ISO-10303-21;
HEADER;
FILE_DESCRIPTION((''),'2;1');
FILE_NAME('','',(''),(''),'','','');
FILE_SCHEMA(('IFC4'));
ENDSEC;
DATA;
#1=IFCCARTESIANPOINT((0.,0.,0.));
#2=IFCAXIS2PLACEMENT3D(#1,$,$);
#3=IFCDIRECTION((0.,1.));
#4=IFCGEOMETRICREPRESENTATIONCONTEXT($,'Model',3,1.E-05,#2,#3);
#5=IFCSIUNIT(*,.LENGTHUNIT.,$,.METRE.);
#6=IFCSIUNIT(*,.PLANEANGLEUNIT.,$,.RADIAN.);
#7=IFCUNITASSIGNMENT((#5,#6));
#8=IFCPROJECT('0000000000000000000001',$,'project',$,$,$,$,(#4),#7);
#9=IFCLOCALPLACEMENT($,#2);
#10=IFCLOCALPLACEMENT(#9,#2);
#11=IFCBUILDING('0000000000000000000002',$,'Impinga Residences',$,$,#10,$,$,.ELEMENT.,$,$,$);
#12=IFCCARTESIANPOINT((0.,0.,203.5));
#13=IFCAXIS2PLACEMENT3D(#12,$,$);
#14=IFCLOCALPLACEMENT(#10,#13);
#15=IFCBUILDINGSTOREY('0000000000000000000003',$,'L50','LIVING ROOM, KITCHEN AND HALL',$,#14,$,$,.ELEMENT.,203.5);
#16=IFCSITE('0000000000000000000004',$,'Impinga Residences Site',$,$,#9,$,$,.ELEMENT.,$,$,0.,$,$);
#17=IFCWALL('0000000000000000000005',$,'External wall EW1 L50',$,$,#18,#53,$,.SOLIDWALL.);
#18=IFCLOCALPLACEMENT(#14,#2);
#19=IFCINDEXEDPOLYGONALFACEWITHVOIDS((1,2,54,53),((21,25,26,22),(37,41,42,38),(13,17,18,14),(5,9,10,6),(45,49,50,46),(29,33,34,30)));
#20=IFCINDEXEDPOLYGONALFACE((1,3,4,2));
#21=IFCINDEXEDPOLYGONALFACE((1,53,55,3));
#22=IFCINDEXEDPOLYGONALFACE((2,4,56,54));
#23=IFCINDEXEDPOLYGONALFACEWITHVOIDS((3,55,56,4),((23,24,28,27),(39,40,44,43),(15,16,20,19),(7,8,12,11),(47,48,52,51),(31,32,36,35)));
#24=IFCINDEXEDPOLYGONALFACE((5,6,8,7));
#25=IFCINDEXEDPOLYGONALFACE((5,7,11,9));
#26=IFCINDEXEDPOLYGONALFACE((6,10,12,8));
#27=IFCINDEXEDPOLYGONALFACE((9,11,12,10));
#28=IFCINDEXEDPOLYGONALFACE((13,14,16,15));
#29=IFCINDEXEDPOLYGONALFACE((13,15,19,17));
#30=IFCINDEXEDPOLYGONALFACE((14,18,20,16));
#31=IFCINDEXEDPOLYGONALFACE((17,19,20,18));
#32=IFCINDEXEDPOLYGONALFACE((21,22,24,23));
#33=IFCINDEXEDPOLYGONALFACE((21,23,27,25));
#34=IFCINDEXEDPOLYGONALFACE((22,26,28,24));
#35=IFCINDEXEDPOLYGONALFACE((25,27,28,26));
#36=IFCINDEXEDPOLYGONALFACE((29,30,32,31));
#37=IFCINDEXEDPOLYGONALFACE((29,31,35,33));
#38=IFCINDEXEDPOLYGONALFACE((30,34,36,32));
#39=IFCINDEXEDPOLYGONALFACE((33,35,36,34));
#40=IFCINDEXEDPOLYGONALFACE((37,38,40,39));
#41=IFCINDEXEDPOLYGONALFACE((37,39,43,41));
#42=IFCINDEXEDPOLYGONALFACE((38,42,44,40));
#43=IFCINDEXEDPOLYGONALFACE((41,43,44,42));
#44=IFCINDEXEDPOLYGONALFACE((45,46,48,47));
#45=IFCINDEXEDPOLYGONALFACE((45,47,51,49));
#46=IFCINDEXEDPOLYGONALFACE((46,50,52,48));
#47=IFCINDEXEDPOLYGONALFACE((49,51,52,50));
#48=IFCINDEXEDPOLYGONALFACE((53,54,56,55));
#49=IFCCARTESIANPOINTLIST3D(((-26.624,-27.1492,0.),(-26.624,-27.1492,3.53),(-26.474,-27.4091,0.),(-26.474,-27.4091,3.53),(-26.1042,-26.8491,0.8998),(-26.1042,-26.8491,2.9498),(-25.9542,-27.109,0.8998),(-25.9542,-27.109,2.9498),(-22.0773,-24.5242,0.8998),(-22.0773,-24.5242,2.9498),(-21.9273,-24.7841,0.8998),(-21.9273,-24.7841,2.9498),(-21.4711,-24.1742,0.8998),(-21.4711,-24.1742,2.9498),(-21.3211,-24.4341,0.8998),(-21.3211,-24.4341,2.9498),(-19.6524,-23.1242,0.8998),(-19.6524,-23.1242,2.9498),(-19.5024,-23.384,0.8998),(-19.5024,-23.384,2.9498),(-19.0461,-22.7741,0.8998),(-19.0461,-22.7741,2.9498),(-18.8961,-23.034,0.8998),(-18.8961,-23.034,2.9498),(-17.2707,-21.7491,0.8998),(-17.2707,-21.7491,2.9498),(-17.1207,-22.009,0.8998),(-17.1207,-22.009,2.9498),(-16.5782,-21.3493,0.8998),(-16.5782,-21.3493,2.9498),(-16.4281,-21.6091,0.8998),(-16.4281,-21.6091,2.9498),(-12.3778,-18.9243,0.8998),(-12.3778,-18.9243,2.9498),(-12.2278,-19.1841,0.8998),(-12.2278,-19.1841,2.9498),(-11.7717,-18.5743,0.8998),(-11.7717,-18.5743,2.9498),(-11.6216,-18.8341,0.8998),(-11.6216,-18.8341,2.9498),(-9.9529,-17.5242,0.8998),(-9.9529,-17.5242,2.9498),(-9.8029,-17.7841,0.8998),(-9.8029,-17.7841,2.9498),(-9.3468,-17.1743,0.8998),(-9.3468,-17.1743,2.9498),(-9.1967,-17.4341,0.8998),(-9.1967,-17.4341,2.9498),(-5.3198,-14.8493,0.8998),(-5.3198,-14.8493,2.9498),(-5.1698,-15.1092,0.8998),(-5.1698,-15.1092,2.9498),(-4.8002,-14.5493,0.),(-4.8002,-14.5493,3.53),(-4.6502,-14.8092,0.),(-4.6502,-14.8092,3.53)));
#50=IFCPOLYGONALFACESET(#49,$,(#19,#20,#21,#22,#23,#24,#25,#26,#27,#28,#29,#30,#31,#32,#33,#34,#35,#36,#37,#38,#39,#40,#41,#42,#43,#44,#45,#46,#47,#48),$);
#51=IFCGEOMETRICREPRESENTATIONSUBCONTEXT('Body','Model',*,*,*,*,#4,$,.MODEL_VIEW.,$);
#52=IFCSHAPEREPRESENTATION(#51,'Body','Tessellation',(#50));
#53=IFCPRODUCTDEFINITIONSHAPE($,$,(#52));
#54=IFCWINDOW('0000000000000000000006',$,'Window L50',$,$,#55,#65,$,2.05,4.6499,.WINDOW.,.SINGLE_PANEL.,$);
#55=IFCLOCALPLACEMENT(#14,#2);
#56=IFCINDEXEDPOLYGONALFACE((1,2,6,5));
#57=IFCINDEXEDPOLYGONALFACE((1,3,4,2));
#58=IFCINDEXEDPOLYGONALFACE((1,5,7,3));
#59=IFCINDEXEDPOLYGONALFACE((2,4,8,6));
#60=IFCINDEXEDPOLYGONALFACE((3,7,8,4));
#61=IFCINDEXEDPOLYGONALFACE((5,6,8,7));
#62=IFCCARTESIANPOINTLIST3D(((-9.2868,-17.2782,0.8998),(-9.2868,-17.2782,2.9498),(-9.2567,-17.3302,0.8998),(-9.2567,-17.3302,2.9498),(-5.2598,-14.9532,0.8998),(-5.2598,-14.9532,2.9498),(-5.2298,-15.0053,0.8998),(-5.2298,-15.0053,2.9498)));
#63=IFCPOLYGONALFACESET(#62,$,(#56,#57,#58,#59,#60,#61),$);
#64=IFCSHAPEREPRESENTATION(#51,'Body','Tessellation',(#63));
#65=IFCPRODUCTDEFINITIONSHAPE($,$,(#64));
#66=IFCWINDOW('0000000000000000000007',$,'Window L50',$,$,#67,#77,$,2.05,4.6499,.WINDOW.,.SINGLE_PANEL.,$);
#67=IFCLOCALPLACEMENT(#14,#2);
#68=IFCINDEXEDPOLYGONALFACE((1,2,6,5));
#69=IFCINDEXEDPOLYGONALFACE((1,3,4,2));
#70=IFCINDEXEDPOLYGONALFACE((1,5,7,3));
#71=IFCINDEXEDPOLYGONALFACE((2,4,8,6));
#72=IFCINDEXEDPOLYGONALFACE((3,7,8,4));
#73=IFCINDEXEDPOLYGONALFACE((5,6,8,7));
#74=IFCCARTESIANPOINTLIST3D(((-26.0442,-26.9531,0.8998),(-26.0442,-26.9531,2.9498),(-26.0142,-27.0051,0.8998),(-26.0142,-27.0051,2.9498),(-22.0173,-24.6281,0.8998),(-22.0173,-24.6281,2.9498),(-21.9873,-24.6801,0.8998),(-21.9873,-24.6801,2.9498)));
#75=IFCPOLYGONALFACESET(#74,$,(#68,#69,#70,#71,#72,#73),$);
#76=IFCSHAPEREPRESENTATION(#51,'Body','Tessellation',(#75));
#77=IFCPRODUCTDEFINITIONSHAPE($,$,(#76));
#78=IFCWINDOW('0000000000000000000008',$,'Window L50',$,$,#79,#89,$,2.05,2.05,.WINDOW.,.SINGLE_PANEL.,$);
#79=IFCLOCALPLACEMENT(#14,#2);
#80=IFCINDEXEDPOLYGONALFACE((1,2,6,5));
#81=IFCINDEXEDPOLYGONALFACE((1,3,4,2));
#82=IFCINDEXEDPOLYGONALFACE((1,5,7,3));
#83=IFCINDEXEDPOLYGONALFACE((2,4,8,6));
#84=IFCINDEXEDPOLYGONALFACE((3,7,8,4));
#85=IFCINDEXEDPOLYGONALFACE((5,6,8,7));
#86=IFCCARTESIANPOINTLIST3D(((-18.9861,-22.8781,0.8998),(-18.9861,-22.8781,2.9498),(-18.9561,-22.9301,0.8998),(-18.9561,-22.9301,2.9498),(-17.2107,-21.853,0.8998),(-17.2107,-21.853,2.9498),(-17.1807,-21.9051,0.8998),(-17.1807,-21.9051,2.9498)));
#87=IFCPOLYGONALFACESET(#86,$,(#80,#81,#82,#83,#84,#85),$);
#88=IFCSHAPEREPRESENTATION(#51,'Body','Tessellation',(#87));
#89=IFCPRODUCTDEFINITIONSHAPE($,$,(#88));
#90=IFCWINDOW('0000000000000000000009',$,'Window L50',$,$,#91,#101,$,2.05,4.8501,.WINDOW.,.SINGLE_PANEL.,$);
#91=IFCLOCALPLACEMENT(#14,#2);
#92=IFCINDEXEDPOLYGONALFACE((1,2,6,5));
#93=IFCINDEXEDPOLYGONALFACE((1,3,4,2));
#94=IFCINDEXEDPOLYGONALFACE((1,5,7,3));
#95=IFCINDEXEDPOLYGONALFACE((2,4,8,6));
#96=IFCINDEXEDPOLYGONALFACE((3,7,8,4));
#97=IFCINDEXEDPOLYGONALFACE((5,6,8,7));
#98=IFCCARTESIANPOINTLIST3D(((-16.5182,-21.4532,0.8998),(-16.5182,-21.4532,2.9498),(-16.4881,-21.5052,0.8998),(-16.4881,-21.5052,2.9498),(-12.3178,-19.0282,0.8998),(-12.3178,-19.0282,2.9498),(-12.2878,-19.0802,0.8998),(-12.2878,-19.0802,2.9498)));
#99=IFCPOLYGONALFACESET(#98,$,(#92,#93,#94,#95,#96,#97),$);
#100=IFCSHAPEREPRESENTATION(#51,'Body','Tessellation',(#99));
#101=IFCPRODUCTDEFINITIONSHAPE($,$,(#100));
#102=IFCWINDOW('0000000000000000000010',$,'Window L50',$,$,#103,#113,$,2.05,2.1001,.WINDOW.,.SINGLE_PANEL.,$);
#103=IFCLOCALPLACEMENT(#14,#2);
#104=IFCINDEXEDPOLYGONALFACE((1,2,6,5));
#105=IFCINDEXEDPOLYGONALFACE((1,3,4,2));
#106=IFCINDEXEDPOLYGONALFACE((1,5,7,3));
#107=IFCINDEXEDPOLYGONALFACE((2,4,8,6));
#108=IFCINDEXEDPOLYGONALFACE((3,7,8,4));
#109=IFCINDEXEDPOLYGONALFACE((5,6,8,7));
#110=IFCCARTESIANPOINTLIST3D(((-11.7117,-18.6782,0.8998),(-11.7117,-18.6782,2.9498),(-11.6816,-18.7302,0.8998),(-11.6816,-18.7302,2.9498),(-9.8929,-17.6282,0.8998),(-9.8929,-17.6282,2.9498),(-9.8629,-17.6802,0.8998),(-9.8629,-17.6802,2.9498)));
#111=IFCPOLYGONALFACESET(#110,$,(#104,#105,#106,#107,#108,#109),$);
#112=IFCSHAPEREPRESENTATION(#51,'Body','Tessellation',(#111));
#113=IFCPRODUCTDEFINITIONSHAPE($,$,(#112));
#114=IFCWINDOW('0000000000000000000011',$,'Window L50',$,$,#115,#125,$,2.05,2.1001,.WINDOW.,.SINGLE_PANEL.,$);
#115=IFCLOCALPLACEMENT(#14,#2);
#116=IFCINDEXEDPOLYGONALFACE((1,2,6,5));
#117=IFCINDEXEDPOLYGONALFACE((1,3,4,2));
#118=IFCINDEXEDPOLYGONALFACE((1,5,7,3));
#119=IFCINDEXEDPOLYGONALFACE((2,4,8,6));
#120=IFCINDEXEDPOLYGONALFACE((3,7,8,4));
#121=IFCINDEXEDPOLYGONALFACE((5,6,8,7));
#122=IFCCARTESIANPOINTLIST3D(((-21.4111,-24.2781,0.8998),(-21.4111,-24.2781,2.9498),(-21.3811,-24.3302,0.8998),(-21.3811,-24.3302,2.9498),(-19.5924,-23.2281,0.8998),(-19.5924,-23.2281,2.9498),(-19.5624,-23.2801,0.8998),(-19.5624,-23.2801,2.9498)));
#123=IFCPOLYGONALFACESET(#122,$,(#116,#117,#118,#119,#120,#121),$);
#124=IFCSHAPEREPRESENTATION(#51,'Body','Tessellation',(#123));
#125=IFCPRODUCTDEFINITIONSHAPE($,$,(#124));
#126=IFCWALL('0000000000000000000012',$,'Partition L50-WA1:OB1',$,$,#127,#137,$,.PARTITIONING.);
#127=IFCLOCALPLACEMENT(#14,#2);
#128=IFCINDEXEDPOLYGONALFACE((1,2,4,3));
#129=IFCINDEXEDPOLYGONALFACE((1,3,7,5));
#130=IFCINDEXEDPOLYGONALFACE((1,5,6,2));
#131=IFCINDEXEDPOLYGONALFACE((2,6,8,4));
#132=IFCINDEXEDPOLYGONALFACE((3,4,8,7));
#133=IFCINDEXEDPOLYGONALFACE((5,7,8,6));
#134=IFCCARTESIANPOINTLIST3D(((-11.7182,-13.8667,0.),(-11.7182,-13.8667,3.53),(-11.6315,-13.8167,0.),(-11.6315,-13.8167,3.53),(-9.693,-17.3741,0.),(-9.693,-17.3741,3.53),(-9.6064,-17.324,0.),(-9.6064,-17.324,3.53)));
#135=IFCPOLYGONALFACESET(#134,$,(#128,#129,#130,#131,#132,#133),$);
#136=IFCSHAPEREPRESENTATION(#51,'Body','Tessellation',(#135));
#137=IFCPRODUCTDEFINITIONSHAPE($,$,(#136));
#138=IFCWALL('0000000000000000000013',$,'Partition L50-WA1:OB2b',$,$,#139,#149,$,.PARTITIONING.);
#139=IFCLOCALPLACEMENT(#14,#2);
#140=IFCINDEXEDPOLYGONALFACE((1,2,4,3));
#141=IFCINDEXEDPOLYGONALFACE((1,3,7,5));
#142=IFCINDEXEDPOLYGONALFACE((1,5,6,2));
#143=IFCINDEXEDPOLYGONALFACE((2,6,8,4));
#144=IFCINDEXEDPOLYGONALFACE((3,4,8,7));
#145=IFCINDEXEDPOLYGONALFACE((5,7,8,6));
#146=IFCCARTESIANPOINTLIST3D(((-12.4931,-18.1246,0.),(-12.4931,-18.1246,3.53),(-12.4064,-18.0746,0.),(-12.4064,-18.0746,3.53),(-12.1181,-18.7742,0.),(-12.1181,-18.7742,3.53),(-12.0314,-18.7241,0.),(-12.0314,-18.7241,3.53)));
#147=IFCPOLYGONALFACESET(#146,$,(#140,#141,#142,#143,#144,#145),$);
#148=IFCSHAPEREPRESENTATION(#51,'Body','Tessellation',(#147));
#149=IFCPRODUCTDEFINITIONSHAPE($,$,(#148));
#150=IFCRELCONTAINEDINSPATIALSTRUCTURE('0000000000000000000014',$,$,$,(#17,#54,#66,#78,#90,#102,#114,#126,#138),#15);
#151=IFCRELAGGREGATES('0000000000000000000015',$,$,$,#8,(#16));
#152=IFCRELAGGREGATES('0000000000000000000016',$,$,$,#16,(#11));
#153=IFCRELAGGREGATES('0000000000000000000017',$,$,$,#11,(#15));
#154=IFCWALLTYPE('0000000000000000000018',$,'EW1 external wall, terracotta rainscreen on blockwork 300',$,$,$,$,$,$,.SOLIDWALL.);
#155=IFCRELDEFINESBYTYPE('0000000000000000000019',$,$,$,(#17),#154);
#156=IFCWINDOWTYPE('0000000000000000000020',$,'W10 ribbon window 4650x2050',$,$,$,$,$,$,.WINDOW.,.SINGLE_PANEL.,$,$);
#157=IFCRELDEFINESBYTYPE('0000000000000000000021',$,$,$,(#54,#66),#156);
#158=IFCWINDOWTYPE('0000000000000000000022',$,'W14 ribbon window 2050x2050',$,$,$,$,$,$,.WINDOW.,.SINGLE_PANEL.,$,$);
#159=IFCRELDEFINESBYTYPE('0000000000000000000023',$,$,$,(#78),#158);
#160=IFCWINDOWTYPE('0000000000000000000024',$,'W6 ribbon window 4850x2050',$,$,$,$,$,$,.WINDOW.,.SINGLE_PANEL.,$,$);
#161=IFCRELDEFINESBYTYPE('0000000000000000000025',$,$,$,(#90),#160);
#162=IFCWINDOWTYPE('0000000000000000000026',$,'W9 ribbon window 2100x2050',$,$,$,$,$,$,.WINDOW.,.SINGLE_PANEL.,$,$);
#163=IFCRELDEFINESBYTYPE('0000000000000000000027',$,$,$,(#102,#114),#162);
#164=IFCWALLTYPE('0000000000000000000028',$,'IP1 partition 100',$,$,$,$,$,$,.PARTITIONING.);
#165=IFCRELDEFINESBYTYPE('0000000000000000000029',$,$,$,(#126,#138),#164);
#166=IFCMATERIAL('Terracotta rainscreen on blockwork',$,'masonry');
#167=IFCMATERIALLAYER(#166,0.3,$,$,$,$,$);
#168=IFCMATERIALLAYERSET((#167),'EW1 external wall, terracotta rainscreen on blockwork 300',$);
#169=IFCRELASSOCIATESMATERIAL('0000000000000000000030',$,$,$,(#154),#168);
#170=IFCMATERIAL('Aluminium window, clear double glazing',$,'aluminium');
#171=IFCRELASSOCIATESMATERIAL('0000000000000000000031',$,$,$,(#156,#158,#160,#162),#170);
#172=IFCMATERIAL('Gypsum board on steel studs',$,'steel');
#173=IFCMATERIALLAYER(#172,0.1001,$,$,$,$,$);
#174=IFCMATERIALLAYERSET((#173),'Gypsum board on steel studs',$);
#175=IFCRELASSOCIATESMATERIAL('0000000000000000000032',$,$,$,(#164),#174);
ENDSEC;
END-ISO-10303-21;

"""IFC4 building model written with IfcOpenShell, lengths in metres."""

from ifc_helpers import new_model, si_unit, direction, frame, frame_2d, origin, place, context, subcontext, project, spatial, rectangle, extrude, material, layer, layer_set, type_object, element, fill, save


model = new_model("IFC4")

# Units and contexts
model_context = context("Model", 3, precision=1e-05, world=origin(), true_north=direction((0.0, 1.0)))
body_context = subcontext(model_context, "Body", "Model", "MODEL_VIEW")
ifc_project = project(units=[si_unit("LENGTHUNIT", "METRE"), si_unit("PLANEANGLEUNIT", "RADIAN")], contexts=[model_context])

# Site, building, storey
site_placement = place(None, origin())
site = spatial("IfcSite", under=ifc_project, at=site_placement, Name="Impinga Residences Site", CompositionType="ELEMENT", RefElevation=0.0)
building_placement = place(site_placement, origin())
building = spatial("IfcBuilding", under=site, at=building_placement, Name="Impinga Residences", CompositionType="ELEMENT")
storey_placement = place(building_placement, frame((0.0, 0.0, 203.5)))
storey = spatial("IfcBuildingStorey", under=building, at=storey_placement, Name="L50", Description="LIVING ROOM, KITCHEN AND HALL", CompositionType="ELEMENT", Elevation=203.5)

# Shared definitions
ifc_material_1 = material(Name="Terracotta rainscreen on blockwork", Category="masonry")
ifc_layer_1 = layer(ifc_material_1, 0.3)
ifc_layer_set_1 = layer_set([ifc_layer_1], Name="EW1 external wall, terracotta rainscreen on blockwork 300")
wall_type_1 = type_object("IfcWallType", Name="EW1 external wall, terracotta rainscreen on blockwork 300", PredefinedType="SOLIDWALL", material=ifc_layer_set_1)

# Wall, openings, windows
wall_1_placement = place(storey_placement, frame((-4.7251, -14.6792, 0.0), z_axis=(0.0, 0.0, 1.0), x_axis=(-0.866027, -0.499998, 0.0)))
wall_1 = element("IfcWall", 1, at=wall_1_placement, inside=storey, type_object=wall_type_1, Name="External wall EW1 L50", PredefinedType="SOLIDWALL", context=body_context, shape_type="SweptSolid", body=[
    extrude(rectangle(XDim=25.2, YDim=0.3, at=frame_2d((12.6001, 0.0))), origin(), (0.0, 0.0, 1.0), 3.53),
])
opening_1_placement = place(wall_1_placement, frame((0.6001, 0.0, 0.8999)))
opening_1 = element("IfcOpeningElement", 2, at=opening_1_placement, cuts=wall_1, PredefinedType="OPENING", context=body_context, shape_type="SweptSolid", body=[
    extrude(rectangle(XDim=4.6499, YDim=2.05, at=frame_2d((2.325, 1.0249))), frame((0.0, 0.1599, 0.0), z_axis=(0.0, -1.0, 0.0), x_axis=(1.0, 0.0, 0.0)), (0.0, 0.0, 1.0), 0.3201),
])
opening_2_placement = place(wall_1_placement, frame((5.95, 0.0, 0.8999)))
opening_2 = element("IfcOpeningElement", 3, at=opening_2_placement, cuts=wall_1, PredefinedType="OPENING", context=body_context, shape_type="SweptSolid", body=[
    extrude(rectangle(XDim=2.1001, YDim=2.05, at=frame_2d((1.05, 1.0249))), frame((0.0, 0.1599, 0.0), z_axis=(0.0, -1.0, 0.0), x_axis=(1.0, 0.0, 0.0)), (0.0, 0.0, 1.0), 0.3201),
])
opening_3_placement = place(wall_1_placement, frame((8.75, 0.0, 0.8999)))
opening_3 = element("IfcOpeningElement", 4, at=opening_3_placement, cuts=wall_1, PredefinedType="OPENING", context=body_context, shape_type="SweptSolid", body=[
    extrude(rectangle(XDim=4.8501, YDim=2.05, at=frame_2d((2.425, 1.0249))), frame((0.0, 0.1599, 0.0), z_axis=(0.0, -1.0, 0.0), x_axis=(1.0, 0.0, 0.0)), (0.0, 0.0, 1.0), 0.3201),
])
opening_4_placement = place(wall_1_placement, frame((14.3999, 0.0, 0.8999)))
opening_4 = element("IfcOpeningElement", 5, at=opening_4_placement, cuts=wall_1, PredefinedType="OPENING", context=body_context, shape_type="SweptSolid", body=[
    extrude(rectangle(XDim=2.05, YDim=2.05, at=frame_2d((1.0249, 1.0249))), frame((0.0, 0.1599, 0.0), z_axis=(0.0, -1.0, 0.0), x_axis=(1.0, 0.0, 0.0)), (0.0, 0.0, 1.0), 0.3201),
])
opening_5_placement = place(wall_1_placement, frame((17.1499, 0.0, 0.8999)))
opening_5 = element("IfcOpeningElement", 6, at=opening_5_placement, cuts=wall_1, PredefinedType="OPENING", context=body_context, shape_type="SweptSolid", body=[
    extrude(rectangle(XDim=2.1001, YDim=2.05, at=frame_2d((1.05, 1.0249))), frame((0.0, 0.1599, 0.0), z_axis=(0.0, -1.0, 0.0), x_axis=(1.0, 0.0, 0.0)), (0.0, 0.0, 1.0), 0.3201),
])
opening_6_placement = place(wall_1_placement, frame((19.95, 0.0, 0.8999)))
opening_6 = element("IfcOpeningElement", 7, at=opening_6_placement, cuts=wall_1, PredefinedType="OPENING", context=body_context, shape_type="SweptSolid", body=[
    extrude(rectangle(XDim=4.6499, YDim=2.05, at=frame_2d((2.325, 1.0249))), frame((0.0, 0.1599, 0.0), z_axis=(0.0, -1.0, 0.0), x_axis=(1.0, 0.0, 0.0)), (0.0, 0.0, 1.0), 0.3201),
])
ifc_material_2 = material(Name="Aluminium window, clear double glazing", Category="aluminium")
window_type_1 = type_object("IfcWindowType", Name="W10 ribbon window 4650x2050", PartitioningType="SINGLE_PANEL", PredefinedType="WINDOW", material=ifc_material_2)
window_1_placement = place(opening_1_placement, origin())
window_1 = element("IfcWindow", 8, at=window_1_placement, inside=storey, type_object=window_type_1, Name="Window L50", OverallHeight=2.05, OverallWidth=4.6499, PartitioningType="SINGLE_PANEL", PredefinedType="WINDOW", context=body_context, shape_type="SweptSolid", body=[
    extrude(rectangle(XDim=4.6499, YDim=2.05, at=frame_2d((2.325, 1.0249))), frame((0.0, 0.03, 0.0), z_axis=(0.0, -1.0, 0.0), x_axis=(1.0, 0.0, 0.0)), (0.0, 0.0, 1.0), 0.0601),
])
fill(opening_1, window_1)
window_2_placement = place(opening_6_placement, origin())
window_2 = element("IfcWindow", 9, at=window_2_placement, inside=storey, type_object=window_type_1, Name="Window L50", OverallHeight=2.05, OverallWidth=4.6499, PartitioningType="SINGLE_PANEL", PredefinedType="WINDOW", context=body_context, shape_type="SweptSolid", body=[
    extrude(rectangle(XDim=4.6499, YDim=2.05, at=frame_2d((2.325, 1.0249))), frame((0.0, 0.03, 0.0), z_axis=(0.0, -1.0, 0.0), x_axis=(1.0, 0.0, 0.0)), (0.0, 0.0, 1.0), 0.0601),
])
fill(opening_6, window_2)
window_type_2 = type_object("IfcWindowType", Name="W14 ribbon window 2050x2050", PartitioningType="SINGLE_PANEL", PredefinedType="WINDOW", material=ifc_material_2)
window_3_placement = place(opening_4_placement, origin())
window_3 = element("IfcWindow", 10, at=window_3_placement, inside=storey, type_object=window_type_2, Name="Window L50", OverallHeight=2.05, OverallWidth=2.05, PartitioningType="SINGLE_PANEL", PredefinedType="WINDOW", context=body_context, shape_type="SweptSolid", body=[
    extrude(rectangle(XDim=2.05, YDim=2.05, at=frame_2d((1.0249, 1.0249))), frame((0.0, 0.03, 0.0), z_axis=(0.0, -1.0, 0.0), x_axis=(1.0, 0.0, 0.0)), (0.0, 0.0, 1.0), 0.0601),
])
fill(opening_4, window_3)
window_type_3 = type_object("IfcWindowType", Name="W6 ribbon window 4850x2050", PartitioningType="SINGLE_PANEL", PredefinedType="WINDOW", material=ifc_material_2)
window_4_placement = place(opening_3_placement, origin())
window_4 = element("IfcWindow", 11, at=window_4_placement, inside=storey, type_object=window_type_3, Name="Window L50", OverallHeight=2.05, OverallWidth=4.8501, PartitioningType="SINGLE_PANEL", PredefinedType="WINDOW", context=body_context, shape_type="SweptSolid", body=[
    extrude(rectangle(XDim=4.8501, YDim=2.05, at=frame_2d((2.425, 1.0249))), frame((0.0, 0.03, 0.0), z_axis=(0.0, -1.0, 0.0), x_axis=(1.0, 0.0, 0.0)), (0.0, 0.0, 1.0), 0.0601),
])
fill(opening_3, window_4)
window_type_4 = type_object("IfcWindowType", Name="W9 ribbon window 2100x2050", PartitioningType="SINGLE_PANEL", PredefinedType="WINDOW", material=ifc_material_2)
window_5_placement = place(opening_2_placement, origin())
window_5 = element("IfcWindow", 12, at=window_5_placement, inside=storey, type_object=window_type_4, Name="Window L50", OverallHeight=2.05, OverallWidth=2.1001, PartitioningType="SINGLE_PANEL", PredefinedType="WINDOW", context=body_context, shape_type="SweptSolid", body=[
    extrude(rectangle(XDim=2.1001, YDim=2.05, at=frame_2d((1.05, 1.0249))), frame((0.0, 0.03, 0.0), z_axis=(0.0, -1.0, 0.0), x_axis=(1.0, 0.0, 0.0)), (0.0, 0.0, 1.0), 0.0601),
])
fill(opening_2, window_5)
window_6_placement = place(opening_5_placement, origin())
window_6 = element("IfcWindow", 13, at=window_6_placement, inside=storey, type_object=window_type_4, Name="Window L50", OverallHeight=2.05, OverallWidth=2.1001, PartitioningType="SINGLE_PANEL", PredefinedType="WINDOW", context=body_context, shape_type="SweptSolid", body=[
    extrude(rectangle(XDim=2.1001, YDim=2.05, at=frame_2d((1.05, 1.0249))), frame((0.0, 0.03, 0.0), z_axis=(0.0, -1.0, 0.0), x_axis=(1.0, 0.0, 0.0)), (0.0, 0.0, 1.0), 0.0601),
])
fill(opening_5, window_6)

# Walls
ifc_material_3 = material(Name="Gypsum board on steel studs", Category="steel")
ifc_layer_2 = layer(ifc_material_3, 0.1001)
ifc_layer_set_2 = layer_set([ifc_layer_2], Name="Gypsum board on steel studs")
wall_type_2 = type_object("IfcWallType", Name="IP1 partition 100", PredefinedType="PARTITIONING", material=ifc_layer_set_2)
wall_2_placement = place(storey_placement, frame((-11.6748, -13.8418, 0.0), z_axis=(0.0, 0.0, 1.0), x_axis=(0.500036, -0.866005, 0.0)))
element("IfcWall", 14, at=wall_2_placement, inside=storey, type_object=wall_type_2, Name="Partition L50-WA1:OB1", PredefinedType="PARTITIONING", context=body_context, shape_type="SweptSolid", body=[
    extrude(rectangle(XDim=4.05, YDim=0.1001, at=frame_2d((2.0249, 0.0))), origin(), (0.0, 0.0, 1.0), 3.53),
])
wall_3_placement = place(storey_placement, frame((-12.4497, -18.0996, 0.0), z_axis=(0.0, 0.0, 1.0), x_axis=(0.49992, -0.866072, 0.0)))
element("IfcWall", 15, at=wall_3_placement, inside=storey, type_object=wall_type_2, Name="Partition L50-WA1:OB2b", PredefinedType="PARTITIONING", context=body_context, shape_type="SweptSolid", body=[
    extrude(rectangle(XDim=0.75, YDim=0.1001, at=frame_2d((0.375, 0.0))), origin(), (0.0, 0.0, 1.0), 3.53),
])

save(model, "model.ifc")
